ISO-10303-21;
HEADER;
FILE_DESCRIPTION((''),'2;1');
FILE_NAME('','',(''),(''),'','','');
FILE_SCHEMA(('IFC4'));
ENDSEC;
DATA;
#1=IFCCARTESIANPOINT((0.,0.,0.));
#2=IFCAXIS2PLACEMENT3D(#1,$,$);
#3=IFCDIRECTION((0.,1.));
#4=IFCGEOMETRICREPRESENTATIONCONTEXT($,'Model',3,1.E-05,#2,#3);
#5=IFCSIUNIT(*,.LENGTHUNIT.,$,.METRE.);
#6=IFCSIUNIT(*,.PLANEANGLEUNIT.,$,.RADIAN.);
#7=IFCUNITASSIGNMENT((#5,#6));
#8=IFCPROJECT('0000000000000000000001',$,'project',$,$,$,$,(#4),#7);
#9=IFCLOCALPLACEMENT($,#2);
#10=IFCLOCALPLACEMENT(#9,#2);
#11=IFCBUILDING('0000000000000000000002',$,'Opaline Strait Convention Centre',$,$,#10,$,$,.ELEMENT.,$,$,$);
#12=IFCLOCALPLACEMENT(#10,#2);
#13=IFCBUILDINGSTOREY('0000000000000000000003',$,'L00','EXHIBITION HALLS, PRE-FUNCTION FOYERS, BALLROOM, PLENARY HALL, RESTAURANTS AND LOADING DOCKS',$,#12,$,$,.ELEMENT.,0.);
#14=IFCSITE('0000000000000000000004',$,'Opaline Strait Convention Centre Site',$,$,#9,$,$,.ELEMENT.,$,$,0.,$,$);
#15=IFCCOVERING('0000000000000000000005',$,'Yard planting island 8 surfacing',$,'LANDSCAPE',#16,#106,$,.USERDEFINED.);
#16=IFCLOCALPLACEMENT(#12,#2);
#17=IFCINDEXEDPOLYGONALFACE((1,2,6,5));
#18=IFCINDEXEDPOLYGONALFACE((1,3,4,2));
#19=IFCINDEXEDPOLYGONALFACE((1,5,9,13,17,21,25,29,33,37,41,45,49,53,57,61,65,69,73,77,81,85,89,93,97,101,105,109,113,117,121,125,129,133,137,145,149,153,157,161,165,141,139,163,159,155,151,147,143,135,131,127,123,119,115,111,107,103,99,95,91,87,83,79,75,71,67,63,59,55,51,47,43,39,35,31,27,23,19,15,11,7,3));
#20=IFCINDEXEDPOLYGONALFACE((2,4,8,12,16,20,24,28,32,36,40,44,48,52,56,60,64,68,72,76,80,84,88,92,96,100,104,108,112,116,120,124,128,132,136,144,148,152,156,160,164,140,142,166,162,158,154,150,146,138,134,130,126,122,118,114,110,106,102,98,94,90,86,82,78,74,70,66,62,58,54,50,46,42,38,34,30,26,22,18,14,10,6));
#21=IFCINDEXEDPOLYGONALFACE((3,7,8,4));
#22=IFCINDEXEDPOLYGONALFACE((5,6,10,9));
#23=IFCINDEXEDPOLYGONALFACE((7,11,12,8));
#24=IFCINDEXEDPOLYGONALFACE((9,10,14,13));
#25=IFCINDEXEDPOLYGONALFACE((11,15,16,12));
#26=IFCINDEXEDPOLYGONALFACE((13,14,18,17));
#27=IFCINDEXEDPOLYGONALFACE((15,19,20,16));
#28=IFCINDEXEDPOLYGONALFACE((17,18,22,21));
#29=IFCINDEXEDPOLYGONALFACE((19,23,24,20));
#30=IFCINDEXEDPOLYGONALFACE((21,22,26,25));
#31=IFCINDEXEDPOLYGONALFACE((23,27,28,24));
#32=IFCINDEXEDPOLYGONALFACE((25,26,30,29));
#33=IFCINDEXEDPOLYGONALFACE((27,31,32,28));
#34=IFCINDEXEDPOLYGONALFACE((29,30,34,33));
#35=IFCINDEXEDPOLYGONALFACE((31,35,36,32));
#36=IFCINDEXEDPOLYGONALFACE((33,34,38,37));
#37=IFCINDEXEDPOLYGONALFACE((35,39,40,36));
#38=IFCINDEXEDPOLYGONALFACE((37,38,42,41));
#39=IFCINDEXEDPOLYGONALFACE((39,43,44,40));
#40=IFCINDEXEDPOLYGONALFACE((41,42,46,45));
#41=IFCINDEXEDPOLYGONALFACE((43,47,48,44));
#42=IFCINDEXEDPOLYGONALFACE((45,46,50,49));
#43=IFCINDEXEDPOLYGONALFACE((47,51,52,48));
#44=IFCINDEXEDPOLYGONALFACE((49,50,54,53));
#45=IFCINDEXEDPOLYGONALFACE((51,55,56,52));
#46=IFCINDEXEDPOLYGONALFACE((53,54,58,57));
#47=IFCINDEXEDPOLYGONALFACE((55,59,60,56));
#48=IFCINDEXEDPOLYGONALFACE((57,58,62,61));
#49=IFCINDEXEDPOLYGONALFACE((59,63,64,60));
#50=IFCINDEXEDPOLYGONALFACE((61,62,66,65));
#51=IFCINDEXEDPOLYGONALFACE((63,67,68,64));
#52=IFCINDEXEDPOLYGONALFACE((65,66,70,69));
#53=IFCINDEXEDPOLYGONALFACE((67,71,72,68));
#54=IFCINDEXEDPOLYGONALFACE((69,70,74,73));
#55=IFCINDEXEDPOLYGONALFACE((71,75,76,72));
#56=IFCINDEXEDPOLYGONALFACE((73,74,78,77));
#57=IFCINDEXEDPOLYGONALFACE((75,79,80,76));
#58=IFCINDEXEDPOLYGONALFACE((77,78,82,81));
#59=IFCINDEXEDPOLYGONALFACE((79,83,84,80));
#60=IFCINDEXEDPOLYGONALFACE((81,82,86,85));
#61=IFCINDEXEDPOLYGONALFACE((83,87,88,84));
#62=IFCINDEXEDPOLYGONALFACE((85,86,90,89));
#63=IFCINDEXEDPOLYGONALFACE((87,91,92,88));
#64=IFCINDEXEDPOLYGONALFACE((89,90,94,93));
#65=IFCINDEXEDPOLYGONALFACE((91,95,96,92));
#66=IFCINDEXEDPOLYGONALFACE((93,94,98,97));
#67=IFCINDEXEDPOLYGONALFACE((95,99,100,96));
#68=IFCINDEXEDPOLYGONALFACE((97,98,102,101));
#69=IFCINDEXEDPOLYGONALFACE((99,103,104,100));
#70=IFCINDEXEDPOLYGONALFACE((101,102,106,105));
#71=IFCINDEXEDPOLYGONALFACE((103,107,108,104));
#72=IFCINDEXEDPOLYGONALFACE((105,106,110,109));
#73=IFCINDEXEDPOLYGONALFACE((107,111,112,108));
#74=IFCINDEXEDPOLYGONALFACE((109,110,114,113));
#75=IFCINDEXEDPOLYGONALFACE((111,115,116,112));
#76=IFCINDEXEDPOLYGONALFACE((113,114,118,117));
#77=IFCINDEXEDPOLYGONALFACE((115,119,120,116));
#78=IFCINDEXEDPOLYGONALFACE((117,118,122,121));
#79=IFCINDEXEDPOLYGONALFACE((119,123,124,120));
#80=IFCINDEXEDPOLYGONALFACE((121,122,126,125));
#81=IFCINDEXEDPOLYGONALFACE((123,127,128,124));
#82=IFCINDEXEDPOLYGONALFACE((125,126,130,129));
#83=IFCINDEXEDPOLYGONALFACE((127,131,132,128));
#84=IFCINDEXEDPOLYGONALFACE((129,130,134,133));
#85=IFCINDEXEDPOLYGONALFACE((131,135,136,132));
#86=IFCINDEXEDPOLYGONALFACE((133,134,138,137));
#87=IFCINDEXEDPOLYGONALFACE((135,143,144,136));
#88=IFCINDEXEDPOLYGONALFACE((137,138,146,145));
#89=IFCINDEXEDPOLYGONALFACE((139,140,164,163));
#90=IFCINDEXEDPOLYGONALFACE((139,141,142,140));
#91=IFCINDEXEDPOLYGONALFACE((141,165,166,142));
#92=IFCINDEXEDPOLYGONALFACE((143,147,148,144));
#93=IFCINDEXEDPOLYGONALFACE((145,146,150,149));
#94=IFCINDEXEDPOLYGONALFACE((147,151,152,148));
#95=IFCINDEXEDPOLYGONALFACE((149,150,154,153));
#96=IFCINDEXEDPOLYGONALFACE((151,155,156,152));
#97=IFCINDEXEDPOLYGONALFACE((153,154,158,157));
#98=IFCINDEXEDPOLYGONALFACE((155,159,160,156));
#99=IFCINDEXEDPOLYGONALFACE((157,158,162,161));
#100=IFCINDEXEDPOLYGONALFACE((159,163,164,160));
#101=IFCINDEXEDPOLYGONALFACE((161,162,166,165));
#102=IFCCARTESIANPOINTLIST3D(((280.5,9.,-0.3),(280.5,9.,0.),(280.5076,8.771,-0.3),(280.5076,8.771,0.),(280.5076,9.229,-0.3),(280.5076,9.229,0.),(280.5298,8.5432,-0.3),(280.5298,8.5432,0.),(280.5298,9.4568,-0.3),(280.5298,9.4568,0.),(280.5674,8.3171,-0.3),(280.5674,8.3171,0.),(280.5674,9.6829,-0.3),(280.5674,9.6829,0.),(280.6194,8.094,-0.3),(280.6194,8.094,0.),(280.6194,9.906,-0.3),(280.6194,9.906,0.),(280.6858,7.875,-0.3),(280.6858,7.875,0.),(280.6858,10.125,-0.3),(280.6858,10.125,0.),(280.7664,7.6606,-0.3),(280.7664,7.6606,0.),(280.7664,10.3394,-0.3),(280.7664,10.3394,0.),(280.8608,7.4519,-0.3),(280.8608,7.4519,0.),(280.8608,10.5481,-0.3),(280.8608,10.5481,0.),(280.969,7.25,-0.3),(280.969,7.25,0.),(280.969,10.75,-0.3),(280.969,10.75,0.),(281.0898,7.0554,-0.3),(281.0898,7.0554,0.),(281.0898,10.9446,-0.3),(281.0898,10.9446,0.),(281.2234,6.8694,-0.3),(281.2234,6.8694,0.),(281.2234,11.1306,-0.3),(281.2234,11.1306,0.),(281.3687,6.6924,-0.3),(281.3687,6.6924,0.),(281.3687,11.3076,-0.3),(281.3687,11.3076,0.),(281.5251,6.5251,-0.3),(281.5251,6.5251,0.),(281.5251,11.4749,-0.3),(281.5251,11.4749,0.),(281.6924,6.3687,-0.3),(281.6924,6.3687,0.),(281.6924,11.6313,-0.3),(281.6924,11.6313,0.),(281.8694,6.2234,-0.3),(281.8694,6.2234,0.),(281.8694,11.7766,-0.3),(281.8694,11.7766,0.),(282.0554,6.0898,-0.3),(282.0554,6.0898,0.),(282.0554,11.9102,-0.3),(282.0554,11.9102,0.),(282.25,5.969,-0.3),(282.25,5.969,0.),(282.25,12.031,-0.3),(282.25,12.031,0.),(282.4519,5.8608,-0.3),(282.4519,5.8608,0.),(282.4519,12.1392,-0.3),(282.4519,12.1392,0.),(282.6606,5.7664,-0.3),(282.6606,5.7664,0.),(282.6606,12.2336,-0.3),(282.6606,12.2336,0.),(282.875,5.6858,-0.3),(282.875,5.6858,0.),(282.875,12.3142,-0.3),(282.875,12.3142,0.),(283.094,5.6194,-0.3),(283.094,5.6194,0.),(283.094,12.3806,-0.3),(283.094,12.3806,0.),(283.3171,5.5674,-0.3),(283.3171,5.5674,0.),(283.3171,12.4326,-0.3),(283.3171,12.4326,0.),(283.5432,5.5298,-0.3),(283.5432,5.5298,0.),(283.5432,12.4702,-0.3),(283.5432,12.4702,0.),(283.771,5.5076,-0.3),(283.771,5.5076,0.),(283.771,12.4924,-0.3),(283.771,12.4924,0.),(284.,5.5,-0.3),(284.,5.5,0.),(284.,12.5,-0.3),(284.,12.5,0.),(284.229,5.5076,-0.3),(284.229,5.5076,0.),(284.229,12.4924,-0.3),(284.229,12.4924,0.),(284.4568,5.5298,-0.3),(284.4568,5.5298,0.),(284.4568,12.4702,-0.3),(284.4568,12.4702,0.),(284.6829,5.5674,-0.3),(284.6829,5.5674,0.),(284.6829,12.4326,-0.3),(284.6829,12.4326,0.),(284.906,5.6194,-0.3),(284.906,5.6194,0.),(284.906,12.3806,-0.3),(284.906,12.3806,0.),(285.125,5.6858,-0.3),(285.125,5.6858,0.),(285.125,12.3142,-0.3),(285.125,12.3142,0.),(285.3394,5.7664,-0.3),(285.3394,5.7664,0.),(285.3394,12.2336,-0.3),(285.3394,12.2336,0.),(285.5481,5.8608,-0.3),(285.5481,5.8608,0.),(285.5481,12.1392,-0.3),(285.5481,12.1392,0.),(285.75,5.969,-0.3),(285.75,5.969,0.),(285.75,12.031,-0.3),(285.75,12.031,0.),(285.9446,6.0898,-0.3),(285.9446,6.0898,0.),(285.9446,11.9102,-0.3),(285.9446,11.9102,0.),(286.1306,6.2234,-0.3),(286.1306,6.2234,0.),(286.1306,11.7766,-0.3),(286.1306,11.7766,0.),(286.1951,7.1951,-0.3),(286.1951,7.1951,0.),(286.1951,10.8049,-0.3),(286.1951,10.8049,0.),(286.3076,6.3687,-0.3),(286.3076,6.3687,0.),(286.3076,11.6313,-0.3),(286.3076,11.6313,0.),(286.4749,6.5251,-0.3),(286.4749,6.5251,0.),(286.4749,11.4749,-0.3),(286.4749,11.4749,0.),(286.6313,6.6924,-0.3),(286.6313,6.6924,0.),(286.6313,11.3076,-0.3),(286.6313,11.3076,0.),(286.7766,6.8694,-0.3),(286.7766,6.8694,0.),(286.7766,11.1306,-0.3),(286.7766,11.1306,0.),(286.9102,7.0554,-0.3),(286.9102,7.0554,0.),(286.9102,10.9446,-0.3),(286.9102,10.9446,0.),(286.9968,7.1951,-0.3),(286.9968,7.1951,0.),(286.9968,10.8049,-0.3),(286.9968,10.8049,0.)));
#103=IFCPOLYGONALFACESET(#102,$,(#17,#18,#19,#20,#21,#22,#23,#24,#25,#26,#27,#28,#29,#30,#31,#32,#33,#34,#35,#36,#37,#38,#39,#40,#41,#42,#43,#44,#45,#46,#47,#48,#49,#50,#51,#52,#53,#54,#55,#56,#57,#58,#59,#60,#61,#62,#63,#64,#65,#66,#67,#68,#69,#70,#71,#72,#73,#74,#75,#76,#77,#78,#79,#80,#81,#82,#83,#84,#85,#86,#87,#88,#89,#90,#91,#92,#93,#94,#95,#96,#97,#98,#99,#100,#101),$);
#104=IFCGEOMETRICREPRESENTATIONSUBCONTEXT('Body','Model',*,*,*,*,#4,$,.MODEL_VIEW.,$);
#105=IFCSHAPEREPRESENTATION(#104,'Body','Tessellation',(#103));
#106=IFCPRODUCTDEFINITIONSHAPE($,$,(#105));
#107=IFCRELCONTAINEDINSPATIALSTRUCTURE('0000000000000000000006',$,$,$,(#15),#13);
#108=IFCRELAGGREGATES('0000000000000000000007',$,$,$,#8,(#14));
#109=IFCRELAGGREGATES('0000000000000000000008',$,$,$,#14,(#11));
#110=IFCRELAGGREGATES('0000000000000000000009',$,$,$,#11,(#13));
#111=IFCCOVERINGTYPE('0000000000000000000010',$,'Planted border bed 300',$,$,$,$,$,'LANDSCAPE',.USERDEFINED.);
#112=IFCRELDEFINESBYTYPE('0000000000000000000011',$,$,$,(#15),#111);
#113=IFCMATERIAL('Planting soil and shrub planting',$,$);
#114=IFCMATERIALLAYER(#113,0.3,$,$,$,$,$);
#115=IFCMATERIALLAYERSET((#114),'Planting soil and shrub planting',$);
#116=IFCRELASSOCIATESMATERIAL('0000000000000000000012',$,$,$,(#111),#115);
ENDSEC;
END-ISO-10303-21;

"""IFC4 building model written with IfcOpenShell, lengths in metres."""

from ifc_helpers import new_model, si_unit, direction, frame, origin, place, context, subcontext, project, spatial, polyline, outline, extrude, material, layer, layer_set, type_object, element, save


model = new_model("IFC4")

# Units and contexts
model_context = context("Model", 3, precision=1e-05, world=origin(), true_north=direction((0.0, 1.0)))
body_context = subcontext(model_context, "Body", "Model", "MODEL_VIEW")
ifc_project = project(units=[si_unit("LENGTHUNIT", "METRE"), si_unit("PLANEANGLEUNIT", "RADIAN")], contexts=[model_context])

# Site, building, storey
site_placement = place(None, origin())
site = spatial("IfcSite", under=ifc_project, at=site_placement, Name="Opaline Strait Convention Centre Site", CompositionType="ELEMENT", RefElevation=0.0)
building_placement = place(site_placement, origin())
building = spatial("IfcBuilding", under=site, at=building_placement, Name="Opaline Strait Convention Centre", CompositionType="ELEMENT")
storey_placement = place(building_placement, origin())
storey = spatial("IfcBuildingStorey", under=building, at=storey_placement, Name="L00", Description="EXHIBITION HALLS, PRE-FUNCTION FOYERS, BALLROOM, PLENARY HALL, RESTAURANTS AND LOADING DOCKS", CompositionType="ELEMENT", Elevation=0.0)

# Covering
ifc_material_1 = material(Name="Planting soil and shrub planting")
ifc_layer_1 = layer(ifc_material_1, 0.3)
ifc_layer_set_1 = layer_set([ifc_layer_1], Name="Planting soil and shrub planting")
covering_type_1 = type_object("IfcCoveringType", Name="Planted border bed 300", ElementType="LANDSCAPE", PredefinedType="USERDEFINED", material=ifc_layer_set_1)
covering_1_placement = place(storey_placement, frame((0.0, 0.0, -0.3)))
element("IfcCovering", 1, at=covering_1_placement, inside=storey, type_object=covering_type_1, Name="Yard planting island 8 surfacing", ObjectType="LANDSCAPE", PredefinedType="USERDEFINED", context=body_context, shape_type="SweptSolid", body=[
    extrude(outline(polyline([(286.7766, 6.8694), (286.9102, 7.0554), (286.9968, 7.1951), (286.1951, 7.1951), (286.1951, 10.8049), (286.9968, 10.8049), (286.9102, 10.9446), (286.7766, 11.1306), (286.6313, 11.3076), (286.4749, 11.4749), (286.3076, 11.6313), (286.1306, 11.7766), (285.9446, 11.9102), (285.75, 12.031), (285.5481, 12.1392), (285.3394, 12.2336), (285.125, 12.3142), (284.906, 12.3806), (284.6829, 12.4326), (284.4568, 12.4702), (284.229, 12.4924), (284.0, 12.5), (283.771, 12.4924), (283.5432, 12.4702), (283.3171, 12.4326), (283.094, 12.3806), (282.875, 12.3142), (282.6606, 12.2336), (282.4519, 12.1392), (282.25, 12.031), (282.0554, 11.9102), (281.8694, 11.7766), (281.6924, 11.6313), (281.5251, 11.4749), (281.3687, 11.3076), (281.2234, 11.1306), (281.0898, 10.9446), (280.969, 10.75), (280.8608, 10.5481), (280.7664, 10.3394), (280.6858, 10.125), (280.6194, 9.906), (280.5674, 9.6829), (280.5298, 9.4568), (280.5076, 9.229), (280.5, 9.0), (280.5076, 8.771), (280.5298, 8.5432), (280.5674, 8.3171), (280.6194, 8.094), (280.6858, 7.875), (280.7664, 7.6606), (280.8608, 7.4519), (280.969, 7.25), (281.0898, 7.0554), (281.2234, 6.8694), (281.3687, 6.6924), (281.5251, 6.5251), (281.6924, 6.3687), (281.8694, 6.2234), (282.0554, 6.0898), (282.25, 5.969), (282.4519, 5.8608), (282.6606, 5.7664), (282.875, 5.6858), (283.094, 5.6194), (283.3171, 5.5674), (283.5432, 5.5298), (283.771, 5.5076), (284.0, 5.5), (284.229, 5.5076), (284.4568, 5.5298), (284.6829, 5.5674), (284.906, 5.6194), (285.125, 5.6858), (285.3394, 5.7664), (285.5481, 5.8608), (285.75, 5.969), (285.9446, 6.0898), (286.1306, 6.2234), (286.3076, 6.3687), (286.4749, 6.5251), (286.6313, 6.6924), (286.7766, 6.8694)])), origin(), (0.0, 0.0, 1.0), 0.3),
])

save(model, "model.ifc")
